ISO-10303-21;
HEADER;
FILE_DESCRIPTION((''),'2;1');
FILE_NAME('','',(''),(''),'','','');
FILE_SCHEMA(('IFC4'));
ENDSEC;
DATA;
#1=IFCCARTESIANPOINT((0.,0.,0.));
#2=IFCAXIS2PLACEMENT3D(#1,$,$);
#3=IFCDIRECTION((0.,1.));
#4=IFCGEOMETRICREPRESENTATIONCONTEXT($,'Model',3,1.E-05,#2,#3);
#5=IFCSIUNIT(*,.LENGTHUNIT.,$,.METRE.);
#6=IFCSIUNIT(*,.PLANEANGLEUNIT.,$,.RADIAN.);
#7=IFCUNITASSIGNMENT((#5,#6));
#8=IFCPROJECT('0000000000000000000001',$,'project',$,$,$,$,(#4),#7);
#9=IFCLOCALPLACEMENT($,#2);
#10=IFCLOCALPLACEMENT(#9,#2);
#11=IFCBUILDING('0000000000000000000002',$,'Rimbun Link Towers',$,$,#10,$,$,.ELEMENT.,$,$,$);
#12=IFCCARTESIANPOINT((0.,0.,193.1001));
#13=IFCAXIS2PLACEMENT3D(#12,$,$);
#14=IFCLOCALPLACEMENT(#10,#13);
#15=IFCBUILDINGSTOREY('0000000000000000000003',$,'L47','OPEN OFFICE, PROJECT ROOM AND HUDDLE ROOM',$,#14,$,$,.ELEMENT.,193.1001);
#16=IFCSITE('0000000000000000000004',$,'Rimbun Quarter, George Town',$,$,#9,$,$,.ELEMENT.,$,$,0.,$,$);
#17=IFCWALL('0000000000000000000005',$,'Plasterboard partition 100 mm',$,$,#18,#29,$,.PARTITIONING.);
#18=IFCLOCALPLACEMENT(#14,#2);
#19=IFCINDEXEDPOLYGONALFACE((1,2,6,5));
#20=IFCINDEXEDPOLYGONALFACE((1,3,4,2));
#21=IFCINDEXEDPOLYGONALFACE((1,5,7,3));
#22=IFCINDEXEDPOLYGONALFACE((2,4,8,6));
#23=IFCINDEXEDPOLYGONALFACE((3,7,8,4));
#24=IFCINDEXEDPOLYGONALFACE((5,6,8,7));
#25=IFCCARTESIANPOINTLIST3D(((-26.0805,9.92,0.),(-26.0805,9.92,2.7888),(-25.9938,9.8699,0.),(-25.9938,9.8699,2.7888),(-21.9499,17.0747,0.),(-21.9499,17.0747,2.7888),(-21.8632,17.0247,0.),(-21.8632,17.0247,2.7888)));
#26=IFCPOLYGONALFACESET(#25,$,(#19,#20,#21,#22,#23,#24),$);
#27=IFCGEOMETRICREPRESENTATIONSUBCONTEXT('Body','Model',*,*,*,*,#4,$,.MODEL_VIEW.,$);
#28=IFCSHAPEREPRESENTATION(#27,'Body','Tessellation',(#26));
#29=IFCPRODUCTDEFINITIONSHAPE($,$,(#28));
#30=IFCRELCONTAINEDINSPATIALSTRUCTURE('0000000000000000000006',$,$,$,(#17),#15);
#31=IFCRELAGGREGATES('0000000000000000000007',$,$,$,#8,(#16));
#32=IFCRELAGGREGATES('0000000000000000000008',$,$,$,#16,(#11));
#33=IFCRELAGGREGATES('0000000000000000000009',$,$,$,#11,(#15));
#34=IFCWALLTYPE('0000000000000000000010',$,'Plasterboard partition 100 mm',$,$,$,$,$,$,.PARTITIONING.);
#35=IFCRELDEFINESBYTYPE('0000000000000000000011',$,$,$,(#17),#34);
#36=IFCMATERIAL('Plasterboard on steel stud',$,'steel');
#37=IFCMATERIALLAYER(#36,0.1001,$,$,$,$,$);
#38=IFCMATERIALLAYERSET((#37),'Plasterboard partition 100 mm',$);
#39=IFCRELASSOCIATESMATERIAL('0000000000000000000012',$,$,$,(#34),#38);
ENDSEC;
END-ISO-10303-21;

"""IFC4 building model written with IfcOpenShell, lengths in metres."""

from ifc_helpers import new_model, si_unit, direction, frame, frame_2d, origin, place, context, subcontext, project, spatial, rectangle, extrude, material, layer, layer_set, type_object, element, save


model = new_model("IFC4")

# Units and contexts
model_context = context("Model", 3, precision=1e-05, world=origin(), true_north=direction((0.0, 1.0)))
body_context = subcontext(model_context, "Body", "Model", "MODEL_VIEW")
ifc_project = project(units=[si_unit("LENGTHUNIT", "METRE"), si_unit("PLANEANGLEUNIT", "RADIAN")], contexts=[model_context])

# Site, building, storey
site_placement = place(None, origin())
site = spatial("IfcSite", under=ifc_project, at=site_placement, Name="Rimbun Quarter, George Town", CompositionType="ELEMENT", RefElevation=0.0)
building_placement = place(site_placement, origin())
building = spatial("IfcBuilding", under=site, at=building_placement, Name="Rimbun Link Towers", CompositionType="ELEMENT")
storey_placement = place(building_placement, frame((0.0, 0.0, 193.1001)))
storey = spatial("IfcBuildingStorey", under=building, at=storey_placement, Name="L47", Description="OPEN OFFICE, PROJECT ROOM AND HUDDLE ROOM", CompositionType="ELEMENT", Elevation=193.1001)

# Wall
ifc_material_1 = material(Name="Plasterboard on steel stud", Category="steel")
ifc_layer_1 = layer(ifc_material_1, 0.1001)
ifc_layer_set_1 = layer_set([ifc_layer_1], Name="Plasterboard partition 100 mm")
wall_type = type_object("IfcWallType", Name="Plasterboard partition 100 mm", PredefinedType="PARTITIONING", material=ifc_layer_set_1)
wall_placement = place(storey_placement, frame((-21.9065, 17.0498, 0.0), z_axis=(0.0, 0.0, 1.0), x_axis=(-0.499982, -0.866036, 0.0)))
element("IfcWall", 1, at=wall_placement, inside=storey, type_object=wall_type, Name="Plasterboard partition 100 mm", PredefinedType="PARTITIONING", context=body_context, shape_type="SweptSolid", body=[
    extrude(rectangle(XDim=8.2615, YDim=0.1001, at=frame_2d((4.1309, 0.0))), origin(), (0.0, 0.0, 1.0), 2.7888),
])

save(model, "model.ifc")
